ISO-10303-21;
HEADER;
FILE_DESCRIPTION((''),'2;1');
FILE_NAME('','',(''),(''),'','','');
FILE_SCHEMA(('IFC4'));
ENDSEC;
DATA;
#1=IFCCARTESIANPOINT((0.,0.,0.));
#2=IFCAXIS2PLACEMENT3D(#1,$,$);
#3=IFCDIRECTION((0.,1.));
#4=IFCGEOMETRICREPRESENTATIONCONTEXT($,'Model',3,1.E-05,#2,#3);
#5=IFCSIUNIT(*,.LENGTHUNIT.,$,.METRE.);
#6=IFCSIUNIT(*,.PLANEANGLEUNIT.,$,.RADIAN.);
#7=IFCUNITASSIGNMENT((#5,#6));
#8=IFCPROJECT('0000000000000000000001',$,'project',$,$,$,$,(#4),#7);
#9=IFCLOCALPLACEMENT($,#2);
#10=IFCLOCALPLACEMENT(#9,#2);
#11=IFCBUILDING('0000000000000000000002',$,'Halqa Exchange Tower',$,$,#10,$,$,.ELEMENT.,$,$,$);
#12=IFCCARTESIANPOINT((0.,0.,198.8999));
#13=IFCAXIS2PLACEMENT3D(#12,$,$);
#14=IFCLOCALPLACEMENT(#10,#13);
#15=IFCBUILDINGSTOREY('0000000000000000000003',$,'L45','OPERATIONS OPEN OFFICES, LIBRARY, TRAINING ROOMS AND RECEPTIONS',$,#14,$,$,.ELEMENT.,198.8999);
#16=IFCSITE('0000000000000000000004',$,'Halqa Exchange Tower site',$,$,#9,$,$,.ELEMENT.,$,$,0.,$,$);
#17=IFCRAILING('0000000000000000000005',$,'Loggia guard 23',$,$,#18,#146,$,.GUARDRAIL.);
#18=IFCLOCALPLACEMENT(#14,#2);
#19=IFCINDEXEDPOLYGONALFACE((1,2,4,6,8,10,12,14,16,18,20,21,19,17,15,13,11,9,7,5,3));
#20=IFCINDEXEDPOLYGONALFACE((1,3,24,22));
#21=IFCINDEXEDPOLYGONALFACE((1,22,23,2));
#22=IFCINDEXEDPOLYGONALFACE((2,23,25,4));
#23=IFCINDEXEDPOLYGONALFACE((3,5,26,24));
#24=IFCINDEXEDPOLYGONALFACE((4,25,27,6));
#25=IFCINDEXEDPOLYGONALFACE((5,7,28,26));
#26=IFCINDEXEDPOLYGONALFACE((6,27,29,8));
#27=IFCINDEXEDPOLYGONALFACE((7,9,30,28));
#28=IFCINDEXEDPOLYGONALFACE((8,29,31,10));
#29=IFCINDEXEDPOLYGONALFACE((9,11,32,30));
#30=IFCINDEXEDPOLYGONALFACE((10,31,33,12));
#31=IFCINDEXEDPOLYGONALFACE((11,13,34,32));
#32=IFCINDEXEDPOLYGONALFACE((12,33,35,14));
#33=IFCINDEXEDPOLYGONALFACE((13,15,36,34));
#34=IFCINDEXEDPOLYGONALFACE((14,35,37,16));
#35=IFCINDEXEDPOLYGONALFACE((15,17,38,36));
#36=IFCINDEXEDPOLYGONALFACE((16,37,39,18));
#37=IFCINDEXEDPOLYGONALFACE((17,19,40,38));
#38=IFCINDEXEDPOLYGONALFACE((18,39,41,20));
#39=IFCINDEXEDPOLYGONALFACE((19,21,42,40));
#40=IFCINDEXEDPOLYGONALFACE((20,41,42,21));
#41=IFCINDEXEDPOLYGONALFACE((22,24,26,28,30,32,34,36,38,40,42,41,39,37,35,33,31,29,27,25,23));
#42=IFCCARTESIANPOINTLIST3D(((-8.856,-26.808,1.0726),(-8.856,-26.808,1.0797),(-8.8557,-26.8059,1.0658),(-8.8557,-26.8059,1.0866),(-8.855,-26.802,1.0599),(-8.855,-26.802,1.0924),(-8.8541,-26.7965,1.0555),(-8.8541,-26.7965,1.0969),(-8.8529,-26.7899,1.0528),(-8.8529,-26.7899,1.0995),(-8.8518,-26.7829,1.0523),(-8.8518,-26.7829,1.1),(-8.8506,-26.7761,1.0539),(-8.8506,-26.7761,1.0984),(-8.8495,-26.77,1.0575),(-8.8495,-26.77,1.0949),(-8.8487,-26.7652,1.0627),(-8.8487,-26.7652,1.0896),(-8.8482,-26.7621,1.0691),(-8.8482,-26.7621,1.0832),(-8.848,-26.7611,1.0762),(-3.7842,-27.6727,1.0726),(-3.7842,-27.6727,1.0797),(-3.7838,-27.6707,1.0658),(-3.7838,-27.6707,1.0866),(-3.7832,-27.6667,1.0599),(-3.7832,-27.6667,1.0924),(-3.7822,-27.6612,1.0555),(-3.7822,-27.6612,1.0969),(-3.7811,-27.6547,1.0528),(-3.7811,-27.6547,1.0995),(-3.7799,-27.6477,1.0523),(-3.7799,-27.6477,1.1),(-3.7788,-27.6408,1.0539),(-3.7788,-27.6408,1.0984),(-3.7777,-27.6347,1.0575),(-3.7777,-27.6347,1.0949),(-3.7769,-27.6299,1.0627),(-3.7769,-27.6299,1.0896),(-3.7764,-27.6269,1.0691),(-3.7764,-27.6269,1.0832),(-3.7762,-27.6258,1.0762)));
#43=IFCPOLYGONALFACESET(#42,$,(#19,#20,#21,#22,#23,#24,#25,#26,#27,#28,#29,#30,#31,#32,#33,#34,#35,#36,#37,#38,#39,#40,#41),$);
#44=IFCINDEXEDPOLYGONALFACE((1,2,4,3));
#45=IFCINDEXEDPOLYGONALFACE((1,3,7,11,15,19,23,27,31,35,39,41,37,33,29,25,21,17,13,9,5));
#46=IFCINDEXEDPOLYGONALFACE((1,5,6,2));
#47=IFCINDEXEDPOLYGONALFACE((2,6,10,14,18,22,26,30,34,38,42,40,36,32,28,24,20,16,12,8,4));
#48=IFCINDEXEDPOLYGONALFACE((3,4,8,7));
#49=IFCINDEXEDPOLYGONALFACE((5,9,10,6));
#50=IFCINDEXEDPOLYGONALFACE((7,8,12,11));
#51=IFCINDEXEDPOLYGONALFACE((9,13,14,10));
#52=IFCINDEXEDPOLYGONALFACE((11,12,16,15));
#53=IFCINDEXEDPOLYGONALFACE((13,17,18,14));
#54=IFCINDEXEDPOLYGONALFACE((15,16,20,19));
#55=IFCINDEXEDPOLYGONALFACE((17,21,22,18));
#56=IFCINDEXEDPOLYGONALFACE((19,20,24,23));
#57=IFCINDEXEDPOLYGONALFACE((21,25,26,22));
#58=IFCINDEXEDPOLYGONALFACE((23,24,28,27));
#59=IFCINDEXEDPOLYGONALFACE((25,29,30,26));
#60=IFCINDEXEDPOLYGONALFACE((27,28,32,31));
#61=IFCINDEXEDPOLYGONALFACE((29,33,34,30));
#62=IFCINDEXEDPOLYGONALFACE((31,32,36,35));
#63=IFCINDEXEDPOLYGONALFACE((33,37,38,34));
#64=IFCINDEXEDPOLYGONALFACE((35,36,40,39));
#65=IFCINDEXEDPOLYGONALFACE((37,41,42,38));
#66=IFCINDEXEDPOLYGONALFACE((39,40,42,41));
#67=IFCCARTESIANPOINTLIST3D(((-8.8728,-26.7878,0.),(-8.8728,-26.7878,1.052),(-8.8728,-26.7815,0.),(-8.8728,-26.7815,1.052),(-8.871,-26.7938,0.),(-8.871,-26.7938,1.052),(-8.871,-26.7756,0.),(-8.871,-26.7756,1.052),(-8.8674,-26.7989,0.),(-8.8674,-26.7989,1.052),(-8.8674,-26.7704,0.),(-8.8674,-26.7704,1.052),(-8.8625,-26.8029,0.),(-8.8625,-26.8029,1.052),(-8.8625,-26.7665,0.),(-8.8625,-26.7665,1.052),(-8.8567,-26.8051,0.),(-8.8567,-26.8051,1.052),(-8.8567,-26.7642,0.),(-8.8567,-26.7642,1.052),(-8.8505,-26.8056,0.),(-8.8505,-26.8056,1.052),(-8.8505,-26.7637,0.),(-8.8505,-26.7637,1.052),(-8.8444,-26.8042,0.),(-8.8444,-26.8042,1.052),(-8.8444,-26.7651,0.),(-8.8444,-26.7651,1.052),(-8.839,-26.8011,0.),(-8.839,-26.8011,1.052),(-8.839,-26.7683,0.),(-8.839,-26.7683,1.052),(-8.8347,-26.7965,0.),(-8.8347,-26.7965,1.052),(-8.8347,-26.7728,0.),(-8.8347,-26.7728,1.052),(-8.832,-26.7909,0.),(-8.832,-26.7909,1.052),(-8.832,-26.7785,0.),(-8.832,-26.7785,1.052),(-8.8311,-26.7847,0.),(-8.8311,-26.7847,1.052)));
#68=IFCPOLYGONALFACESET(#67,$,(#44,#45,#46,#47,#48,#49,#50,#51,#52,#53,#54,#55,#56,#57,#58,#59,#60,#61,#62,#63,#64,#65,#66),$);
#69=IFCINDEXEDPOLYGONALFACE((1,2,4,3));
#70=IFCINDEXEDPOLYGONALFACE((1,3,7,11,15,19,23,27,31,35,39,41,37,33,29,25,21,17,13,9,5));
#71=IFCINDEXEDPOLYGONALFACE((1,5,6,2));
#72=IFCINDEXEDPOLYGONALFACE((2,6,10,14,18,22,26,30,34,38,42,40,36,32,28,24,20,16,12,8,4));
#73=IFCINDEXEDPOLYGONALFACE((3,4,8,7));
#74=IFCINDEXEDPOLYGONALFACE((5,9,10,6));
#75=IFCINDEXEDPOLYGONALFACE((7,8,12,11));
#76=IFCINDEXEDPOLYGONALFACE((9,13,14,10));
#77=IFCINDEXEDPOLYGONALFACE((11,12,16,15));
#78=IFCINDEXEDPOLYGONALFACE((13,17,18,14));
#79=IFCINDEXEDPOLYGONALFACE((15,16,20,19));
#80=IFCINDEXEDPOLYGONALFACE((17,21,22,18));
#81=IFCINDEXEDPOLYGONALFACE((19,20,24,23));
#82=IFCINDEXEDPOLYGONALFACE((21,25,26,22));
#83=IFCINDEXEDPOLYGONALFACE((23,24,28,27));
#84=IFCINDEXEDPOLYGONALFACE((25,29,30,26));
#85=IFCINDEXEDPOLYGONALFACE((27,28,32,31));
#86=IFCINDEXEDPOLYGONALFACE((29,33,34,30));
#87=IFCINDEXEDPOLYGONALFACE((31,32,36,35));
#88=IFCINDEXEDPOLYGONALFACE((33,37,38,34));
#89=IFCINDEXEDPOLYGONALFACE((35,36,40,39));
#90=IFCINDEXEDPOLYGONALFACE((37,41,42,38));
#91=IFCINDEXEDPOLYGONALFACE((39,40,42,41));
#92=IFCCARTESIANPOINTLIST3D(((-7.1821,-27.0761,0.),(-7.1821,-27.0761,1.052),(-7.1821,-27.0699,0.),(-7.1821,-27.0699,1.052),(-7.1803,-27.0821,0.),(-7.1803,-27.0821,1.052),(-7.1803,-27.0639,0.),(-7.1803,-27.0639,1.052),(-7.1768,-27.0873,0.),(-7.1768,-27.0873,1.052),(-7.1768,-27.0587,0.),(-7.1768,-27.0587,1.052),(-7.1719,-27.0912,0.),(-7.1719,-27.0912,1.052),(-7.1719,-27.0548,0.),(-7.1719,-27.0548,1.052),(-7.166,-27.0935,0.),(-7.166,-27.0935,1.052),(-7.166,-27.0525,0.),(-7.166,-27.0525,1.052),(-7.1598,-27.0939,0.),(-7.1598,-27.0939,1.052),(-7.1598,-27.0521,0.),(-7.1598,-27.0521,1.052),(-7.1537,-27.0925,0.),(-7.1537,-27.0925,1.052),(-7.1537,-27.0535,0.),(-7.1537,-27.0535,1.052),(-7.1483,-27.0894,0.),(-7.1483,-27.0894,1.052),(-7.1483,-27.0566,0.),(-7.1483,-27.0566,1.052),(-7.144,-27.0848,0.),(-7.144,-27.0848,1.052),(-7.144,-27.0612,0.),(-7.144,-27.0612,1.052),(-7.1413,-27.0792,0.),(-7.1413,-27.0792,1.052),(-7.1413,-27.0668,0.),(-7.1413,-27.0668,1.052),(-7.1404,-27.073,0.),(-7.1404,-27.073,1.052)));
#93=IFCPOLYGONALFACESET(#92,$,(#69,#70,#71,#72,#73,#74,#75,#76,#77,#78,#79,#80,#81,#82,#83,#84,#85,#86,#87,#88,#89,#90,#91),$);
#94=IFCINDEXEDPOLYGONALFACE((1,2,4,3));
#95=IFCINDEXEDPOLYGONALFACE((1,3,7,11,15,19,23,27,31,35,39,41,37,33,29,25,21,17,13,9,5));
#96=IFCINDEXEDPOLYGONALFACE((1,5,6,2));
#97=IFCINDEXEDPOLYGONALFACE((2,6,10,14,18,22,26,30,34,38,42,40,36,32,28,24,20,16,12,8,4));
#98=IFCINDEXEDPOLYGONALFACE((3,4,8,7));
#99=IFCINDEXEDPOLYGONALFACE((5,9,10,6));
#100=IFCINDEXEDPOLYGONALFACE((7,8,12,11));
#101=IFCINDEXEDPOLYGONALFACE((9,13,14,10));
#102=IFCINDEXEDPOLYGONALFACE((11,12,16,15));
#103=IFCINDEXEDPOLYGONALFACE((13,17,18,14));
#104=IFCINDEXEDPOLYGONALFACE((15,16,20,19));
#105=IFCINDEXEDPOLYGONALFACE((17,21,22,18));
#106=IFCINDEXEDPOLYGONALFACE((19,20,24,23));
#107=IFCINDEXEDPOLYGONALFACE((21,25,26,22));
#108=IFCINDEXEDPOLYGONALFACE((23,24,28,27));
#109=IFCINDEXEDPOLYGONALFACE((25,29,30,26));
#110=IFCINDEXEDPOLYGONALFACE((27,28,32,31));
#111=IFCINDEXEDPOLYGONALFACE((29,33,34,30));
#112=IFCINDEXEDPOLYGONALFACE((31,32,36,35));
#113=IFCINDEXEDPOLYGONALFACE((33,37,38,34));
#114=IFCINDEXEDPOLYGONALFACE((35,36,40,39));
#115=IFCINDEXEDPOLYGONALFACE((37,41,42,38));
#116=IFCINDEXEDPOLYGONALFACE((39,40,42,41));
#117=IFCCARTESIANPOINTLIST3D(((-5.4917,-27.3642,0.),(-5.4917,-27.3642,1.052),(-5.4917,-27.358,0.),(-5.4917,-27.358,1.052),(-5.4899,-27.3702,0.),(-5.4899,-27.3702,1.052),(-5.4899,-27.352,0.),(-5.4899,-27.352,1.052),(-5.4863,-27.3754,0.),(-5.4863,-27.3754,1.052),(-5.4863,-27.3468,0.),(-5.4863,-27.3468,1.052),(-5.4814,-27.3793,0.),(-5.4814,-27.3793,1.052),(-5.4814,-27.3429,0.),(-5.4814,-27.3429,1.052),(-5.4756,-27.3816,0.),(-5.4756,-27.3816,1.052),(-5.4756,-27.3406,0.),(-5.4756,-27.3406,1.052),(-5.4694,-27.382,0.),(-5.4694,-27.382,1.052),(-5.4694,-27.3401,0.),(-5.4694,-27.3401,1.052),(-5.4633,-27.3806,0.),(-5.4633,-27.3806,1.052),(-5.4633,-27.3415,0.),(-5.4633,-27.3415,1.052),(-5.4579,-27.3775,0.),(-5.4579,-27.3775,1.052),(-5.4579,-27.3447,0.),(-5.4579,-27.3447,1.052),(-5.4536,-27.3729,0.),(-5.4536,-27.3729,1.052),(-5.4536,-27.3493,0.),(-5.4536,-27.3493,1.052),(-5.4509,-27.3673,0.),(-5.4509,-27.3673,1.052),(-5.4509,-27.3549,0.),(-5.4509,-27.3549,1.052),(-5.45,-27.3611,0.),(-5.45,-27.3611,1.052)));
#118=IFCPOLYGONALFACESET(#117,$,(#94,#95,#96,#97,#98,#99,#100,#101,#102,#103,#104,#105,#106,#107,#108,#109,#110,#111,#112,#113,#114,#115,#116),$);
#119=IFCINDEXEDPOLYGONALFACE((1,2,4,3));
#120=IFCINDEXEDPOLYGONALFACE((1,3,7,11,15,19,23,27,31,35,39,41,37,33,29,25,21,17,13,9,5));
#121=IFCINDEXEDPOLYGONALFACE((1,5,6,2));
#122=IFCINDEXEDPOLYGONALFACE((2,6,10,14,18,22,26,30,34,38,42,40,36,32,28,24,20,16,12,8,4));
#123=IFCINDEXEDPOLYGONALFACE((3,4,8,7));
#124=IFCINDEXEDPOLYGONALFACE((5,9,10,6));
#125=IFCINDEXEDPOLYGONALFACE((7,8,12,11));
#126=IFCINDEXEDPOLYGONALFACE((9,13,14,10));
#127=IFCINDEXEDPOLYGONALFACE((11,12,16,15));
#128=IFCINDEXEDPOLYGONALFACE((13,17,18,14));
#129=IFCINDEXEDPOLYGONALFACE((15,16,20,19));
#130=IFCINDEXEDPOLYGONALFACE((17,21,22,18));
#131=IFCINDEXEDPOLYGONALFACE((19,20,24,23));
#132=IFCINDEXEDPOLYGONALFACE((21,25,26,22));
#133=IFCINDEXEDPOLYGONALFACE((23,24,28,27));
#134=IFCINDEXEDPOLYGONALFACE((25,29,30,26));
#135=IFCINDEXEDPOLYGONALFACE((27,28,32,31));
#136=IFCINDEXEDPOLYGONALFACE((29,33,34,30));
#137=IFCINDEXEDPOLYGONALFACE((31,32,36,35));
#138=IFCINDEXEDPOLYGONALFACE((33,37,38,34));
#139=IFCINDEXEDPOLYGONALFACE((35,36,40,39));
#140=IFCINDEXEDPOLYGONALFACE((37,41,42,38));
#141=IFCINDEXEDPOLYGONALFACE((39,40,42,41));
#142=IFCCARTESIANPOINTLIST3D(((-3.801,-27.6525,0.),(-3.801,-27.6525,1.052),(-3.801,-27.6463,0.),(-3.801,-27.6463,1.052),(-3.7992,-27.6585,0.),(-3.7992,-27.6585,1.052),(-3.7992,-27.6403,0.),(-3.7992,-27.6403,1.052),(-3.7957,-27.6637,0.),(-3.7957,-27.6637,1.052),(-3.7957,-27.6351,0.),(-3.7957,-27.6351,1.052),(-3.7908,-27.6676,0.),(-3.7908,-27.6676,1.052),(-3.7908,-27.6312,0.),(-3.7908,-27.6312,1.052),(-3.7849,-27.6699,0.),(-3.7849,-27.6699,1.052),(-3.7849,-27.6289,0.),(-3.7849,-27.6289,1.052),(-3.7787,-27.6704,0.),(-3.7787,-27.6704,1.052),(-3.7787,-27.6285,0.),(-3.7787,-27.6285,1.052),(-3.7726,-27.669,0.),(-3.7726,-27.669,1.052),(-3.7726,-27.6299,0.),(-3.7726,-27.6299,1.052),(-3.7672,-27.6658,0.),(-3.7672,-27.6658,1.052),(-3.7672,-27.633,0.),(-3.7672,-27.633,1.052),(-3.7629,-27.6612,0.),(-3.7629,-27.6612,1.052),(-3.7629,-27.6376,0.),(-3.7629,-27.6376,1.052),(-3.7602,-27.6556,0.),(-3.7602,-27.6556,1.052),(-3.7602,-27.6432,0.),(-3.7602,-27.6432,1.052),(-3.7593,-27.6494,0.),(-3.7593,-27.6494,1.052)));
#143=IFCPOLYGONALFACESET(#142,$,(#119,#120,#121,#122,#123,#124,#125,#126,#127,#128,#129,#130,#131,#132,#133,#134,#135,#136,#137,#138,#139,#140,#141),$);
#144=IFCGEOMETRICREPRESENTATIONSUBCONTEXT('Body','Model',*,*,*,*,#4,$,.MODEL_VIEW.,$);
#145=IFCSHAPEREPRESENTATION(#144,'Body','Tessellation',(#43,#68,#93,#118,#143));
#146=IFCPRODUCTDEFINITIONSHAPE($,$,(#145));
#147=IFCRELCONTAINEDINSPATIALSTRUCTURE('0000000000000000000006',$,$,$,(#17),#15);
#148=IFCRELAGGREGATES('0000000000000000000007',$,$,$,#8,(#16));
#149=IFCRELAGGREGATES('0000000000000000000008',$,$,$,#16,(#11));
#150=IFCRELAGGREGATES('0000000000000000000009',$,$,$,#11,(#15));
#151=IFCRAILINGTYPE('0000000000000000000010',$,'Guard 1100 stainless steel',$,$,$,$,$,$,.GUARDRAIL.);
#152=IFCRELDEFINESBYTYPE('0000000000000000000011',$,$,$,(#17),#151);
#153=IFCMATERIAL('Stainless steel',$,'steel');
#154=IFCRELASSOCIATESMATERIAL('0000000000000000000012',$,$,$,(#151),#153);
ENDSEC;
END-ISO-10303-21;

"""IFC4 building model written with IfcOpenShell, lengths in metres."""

from ifc_helpers import new_model, si_unit, direction, frame, origin, origin_2d, place, context, subcontext, project, spatial, circle, extrude, material, type_object, element, save


model = new_model("IFC4")

# Units and contexts
model_context = context("Model", 3, precision=1e-05, world=origin(), true_north=direction((0.0, 1.0)))
body_context = subcontext(model_context, "Body", "Model", "MODEL_VIEW")
ifc_project = project(units=[si_unit("LENGTHUNIT", "METRE"), si_unit("PLANEANGLEUNIT", "RADIAN")], contexts=[model_context])

# Site, building, storey
site_placement = place(None, origin())
site = spatial("IfcSite", under=ifc_project, at=site_placement, Name="Halqa Exchange Tower site", CompositionType="ELEMENT", RefElevation=0.0)
building_placement = place(site_placement, origin())
building = spatial("IfcBuilding", under=site, at=building_placement, Name="Halqa Exchange Tower", CompositionType="ELEMENT")
storey_placement = place(building_placement, frame((0.0, 0.0, 198.8999)))
storey = spatial("IfcBuildingStorey", under=building, at=storey_placement, Name="L45", Description="OPERATIONS OPEN OFFICES, LIBRARY, TRAINING ROOMS AND RECEPTIONS", CompositionType="ELEMENT", Elevation=198.8999)

# Railing
ifc_material_1 = material(Name="Stainless steel", Category="steel")
railing_type = type_object("IfcRailingType", Name="Guard 1100 stainless steel", PredefinedType="GUARDRAIL", material=ifc_material_1)
railing_1_placement = place(storey_placement, frame((-8.8521, -26.7847, 0.0)))
element("IfcRailing", 1, at=railing_1_placement, inside=storey, type_object=railing_type, Name="Loggia guard 23", PredefinedType="GUARDRAIL", context=body_context, shape_type="SweptSolid", body=[
    extrude(circle(Radius=0.0239, at=origin_2d()), frame((0.0, 0.0, 1.0762), z_axis=(0.985774, -0.168076, 0.0), x_axis=(0.168076, 0.985774, 0.0)), (0.0, 0.0, 1.0), 5.145),
    extrude(circle(Radius=0.021, at=origin_2d()), origin(), (0.0, 0.0, 1.0), 1.052),
    extrude(circle(Radius=0.021, at=origin_2d()), frame((1.6907, -0.2883, 0.0)), (0.0, 0.0, 1.0), 1.052),
    extrude(circle(Radius=0.021, at=origin_2d()), frame((3.3811, -0.5764, 0.0)), (0.0, 0.0, 1.0), 1.052),
    extrude(circle(Radius=0.021, at=origin_2d()), frame((5.0718, -0.8647, 0.0)), (0.0, 0.0, 1.0), 1.052),
])

save(model, "model.ifc")
